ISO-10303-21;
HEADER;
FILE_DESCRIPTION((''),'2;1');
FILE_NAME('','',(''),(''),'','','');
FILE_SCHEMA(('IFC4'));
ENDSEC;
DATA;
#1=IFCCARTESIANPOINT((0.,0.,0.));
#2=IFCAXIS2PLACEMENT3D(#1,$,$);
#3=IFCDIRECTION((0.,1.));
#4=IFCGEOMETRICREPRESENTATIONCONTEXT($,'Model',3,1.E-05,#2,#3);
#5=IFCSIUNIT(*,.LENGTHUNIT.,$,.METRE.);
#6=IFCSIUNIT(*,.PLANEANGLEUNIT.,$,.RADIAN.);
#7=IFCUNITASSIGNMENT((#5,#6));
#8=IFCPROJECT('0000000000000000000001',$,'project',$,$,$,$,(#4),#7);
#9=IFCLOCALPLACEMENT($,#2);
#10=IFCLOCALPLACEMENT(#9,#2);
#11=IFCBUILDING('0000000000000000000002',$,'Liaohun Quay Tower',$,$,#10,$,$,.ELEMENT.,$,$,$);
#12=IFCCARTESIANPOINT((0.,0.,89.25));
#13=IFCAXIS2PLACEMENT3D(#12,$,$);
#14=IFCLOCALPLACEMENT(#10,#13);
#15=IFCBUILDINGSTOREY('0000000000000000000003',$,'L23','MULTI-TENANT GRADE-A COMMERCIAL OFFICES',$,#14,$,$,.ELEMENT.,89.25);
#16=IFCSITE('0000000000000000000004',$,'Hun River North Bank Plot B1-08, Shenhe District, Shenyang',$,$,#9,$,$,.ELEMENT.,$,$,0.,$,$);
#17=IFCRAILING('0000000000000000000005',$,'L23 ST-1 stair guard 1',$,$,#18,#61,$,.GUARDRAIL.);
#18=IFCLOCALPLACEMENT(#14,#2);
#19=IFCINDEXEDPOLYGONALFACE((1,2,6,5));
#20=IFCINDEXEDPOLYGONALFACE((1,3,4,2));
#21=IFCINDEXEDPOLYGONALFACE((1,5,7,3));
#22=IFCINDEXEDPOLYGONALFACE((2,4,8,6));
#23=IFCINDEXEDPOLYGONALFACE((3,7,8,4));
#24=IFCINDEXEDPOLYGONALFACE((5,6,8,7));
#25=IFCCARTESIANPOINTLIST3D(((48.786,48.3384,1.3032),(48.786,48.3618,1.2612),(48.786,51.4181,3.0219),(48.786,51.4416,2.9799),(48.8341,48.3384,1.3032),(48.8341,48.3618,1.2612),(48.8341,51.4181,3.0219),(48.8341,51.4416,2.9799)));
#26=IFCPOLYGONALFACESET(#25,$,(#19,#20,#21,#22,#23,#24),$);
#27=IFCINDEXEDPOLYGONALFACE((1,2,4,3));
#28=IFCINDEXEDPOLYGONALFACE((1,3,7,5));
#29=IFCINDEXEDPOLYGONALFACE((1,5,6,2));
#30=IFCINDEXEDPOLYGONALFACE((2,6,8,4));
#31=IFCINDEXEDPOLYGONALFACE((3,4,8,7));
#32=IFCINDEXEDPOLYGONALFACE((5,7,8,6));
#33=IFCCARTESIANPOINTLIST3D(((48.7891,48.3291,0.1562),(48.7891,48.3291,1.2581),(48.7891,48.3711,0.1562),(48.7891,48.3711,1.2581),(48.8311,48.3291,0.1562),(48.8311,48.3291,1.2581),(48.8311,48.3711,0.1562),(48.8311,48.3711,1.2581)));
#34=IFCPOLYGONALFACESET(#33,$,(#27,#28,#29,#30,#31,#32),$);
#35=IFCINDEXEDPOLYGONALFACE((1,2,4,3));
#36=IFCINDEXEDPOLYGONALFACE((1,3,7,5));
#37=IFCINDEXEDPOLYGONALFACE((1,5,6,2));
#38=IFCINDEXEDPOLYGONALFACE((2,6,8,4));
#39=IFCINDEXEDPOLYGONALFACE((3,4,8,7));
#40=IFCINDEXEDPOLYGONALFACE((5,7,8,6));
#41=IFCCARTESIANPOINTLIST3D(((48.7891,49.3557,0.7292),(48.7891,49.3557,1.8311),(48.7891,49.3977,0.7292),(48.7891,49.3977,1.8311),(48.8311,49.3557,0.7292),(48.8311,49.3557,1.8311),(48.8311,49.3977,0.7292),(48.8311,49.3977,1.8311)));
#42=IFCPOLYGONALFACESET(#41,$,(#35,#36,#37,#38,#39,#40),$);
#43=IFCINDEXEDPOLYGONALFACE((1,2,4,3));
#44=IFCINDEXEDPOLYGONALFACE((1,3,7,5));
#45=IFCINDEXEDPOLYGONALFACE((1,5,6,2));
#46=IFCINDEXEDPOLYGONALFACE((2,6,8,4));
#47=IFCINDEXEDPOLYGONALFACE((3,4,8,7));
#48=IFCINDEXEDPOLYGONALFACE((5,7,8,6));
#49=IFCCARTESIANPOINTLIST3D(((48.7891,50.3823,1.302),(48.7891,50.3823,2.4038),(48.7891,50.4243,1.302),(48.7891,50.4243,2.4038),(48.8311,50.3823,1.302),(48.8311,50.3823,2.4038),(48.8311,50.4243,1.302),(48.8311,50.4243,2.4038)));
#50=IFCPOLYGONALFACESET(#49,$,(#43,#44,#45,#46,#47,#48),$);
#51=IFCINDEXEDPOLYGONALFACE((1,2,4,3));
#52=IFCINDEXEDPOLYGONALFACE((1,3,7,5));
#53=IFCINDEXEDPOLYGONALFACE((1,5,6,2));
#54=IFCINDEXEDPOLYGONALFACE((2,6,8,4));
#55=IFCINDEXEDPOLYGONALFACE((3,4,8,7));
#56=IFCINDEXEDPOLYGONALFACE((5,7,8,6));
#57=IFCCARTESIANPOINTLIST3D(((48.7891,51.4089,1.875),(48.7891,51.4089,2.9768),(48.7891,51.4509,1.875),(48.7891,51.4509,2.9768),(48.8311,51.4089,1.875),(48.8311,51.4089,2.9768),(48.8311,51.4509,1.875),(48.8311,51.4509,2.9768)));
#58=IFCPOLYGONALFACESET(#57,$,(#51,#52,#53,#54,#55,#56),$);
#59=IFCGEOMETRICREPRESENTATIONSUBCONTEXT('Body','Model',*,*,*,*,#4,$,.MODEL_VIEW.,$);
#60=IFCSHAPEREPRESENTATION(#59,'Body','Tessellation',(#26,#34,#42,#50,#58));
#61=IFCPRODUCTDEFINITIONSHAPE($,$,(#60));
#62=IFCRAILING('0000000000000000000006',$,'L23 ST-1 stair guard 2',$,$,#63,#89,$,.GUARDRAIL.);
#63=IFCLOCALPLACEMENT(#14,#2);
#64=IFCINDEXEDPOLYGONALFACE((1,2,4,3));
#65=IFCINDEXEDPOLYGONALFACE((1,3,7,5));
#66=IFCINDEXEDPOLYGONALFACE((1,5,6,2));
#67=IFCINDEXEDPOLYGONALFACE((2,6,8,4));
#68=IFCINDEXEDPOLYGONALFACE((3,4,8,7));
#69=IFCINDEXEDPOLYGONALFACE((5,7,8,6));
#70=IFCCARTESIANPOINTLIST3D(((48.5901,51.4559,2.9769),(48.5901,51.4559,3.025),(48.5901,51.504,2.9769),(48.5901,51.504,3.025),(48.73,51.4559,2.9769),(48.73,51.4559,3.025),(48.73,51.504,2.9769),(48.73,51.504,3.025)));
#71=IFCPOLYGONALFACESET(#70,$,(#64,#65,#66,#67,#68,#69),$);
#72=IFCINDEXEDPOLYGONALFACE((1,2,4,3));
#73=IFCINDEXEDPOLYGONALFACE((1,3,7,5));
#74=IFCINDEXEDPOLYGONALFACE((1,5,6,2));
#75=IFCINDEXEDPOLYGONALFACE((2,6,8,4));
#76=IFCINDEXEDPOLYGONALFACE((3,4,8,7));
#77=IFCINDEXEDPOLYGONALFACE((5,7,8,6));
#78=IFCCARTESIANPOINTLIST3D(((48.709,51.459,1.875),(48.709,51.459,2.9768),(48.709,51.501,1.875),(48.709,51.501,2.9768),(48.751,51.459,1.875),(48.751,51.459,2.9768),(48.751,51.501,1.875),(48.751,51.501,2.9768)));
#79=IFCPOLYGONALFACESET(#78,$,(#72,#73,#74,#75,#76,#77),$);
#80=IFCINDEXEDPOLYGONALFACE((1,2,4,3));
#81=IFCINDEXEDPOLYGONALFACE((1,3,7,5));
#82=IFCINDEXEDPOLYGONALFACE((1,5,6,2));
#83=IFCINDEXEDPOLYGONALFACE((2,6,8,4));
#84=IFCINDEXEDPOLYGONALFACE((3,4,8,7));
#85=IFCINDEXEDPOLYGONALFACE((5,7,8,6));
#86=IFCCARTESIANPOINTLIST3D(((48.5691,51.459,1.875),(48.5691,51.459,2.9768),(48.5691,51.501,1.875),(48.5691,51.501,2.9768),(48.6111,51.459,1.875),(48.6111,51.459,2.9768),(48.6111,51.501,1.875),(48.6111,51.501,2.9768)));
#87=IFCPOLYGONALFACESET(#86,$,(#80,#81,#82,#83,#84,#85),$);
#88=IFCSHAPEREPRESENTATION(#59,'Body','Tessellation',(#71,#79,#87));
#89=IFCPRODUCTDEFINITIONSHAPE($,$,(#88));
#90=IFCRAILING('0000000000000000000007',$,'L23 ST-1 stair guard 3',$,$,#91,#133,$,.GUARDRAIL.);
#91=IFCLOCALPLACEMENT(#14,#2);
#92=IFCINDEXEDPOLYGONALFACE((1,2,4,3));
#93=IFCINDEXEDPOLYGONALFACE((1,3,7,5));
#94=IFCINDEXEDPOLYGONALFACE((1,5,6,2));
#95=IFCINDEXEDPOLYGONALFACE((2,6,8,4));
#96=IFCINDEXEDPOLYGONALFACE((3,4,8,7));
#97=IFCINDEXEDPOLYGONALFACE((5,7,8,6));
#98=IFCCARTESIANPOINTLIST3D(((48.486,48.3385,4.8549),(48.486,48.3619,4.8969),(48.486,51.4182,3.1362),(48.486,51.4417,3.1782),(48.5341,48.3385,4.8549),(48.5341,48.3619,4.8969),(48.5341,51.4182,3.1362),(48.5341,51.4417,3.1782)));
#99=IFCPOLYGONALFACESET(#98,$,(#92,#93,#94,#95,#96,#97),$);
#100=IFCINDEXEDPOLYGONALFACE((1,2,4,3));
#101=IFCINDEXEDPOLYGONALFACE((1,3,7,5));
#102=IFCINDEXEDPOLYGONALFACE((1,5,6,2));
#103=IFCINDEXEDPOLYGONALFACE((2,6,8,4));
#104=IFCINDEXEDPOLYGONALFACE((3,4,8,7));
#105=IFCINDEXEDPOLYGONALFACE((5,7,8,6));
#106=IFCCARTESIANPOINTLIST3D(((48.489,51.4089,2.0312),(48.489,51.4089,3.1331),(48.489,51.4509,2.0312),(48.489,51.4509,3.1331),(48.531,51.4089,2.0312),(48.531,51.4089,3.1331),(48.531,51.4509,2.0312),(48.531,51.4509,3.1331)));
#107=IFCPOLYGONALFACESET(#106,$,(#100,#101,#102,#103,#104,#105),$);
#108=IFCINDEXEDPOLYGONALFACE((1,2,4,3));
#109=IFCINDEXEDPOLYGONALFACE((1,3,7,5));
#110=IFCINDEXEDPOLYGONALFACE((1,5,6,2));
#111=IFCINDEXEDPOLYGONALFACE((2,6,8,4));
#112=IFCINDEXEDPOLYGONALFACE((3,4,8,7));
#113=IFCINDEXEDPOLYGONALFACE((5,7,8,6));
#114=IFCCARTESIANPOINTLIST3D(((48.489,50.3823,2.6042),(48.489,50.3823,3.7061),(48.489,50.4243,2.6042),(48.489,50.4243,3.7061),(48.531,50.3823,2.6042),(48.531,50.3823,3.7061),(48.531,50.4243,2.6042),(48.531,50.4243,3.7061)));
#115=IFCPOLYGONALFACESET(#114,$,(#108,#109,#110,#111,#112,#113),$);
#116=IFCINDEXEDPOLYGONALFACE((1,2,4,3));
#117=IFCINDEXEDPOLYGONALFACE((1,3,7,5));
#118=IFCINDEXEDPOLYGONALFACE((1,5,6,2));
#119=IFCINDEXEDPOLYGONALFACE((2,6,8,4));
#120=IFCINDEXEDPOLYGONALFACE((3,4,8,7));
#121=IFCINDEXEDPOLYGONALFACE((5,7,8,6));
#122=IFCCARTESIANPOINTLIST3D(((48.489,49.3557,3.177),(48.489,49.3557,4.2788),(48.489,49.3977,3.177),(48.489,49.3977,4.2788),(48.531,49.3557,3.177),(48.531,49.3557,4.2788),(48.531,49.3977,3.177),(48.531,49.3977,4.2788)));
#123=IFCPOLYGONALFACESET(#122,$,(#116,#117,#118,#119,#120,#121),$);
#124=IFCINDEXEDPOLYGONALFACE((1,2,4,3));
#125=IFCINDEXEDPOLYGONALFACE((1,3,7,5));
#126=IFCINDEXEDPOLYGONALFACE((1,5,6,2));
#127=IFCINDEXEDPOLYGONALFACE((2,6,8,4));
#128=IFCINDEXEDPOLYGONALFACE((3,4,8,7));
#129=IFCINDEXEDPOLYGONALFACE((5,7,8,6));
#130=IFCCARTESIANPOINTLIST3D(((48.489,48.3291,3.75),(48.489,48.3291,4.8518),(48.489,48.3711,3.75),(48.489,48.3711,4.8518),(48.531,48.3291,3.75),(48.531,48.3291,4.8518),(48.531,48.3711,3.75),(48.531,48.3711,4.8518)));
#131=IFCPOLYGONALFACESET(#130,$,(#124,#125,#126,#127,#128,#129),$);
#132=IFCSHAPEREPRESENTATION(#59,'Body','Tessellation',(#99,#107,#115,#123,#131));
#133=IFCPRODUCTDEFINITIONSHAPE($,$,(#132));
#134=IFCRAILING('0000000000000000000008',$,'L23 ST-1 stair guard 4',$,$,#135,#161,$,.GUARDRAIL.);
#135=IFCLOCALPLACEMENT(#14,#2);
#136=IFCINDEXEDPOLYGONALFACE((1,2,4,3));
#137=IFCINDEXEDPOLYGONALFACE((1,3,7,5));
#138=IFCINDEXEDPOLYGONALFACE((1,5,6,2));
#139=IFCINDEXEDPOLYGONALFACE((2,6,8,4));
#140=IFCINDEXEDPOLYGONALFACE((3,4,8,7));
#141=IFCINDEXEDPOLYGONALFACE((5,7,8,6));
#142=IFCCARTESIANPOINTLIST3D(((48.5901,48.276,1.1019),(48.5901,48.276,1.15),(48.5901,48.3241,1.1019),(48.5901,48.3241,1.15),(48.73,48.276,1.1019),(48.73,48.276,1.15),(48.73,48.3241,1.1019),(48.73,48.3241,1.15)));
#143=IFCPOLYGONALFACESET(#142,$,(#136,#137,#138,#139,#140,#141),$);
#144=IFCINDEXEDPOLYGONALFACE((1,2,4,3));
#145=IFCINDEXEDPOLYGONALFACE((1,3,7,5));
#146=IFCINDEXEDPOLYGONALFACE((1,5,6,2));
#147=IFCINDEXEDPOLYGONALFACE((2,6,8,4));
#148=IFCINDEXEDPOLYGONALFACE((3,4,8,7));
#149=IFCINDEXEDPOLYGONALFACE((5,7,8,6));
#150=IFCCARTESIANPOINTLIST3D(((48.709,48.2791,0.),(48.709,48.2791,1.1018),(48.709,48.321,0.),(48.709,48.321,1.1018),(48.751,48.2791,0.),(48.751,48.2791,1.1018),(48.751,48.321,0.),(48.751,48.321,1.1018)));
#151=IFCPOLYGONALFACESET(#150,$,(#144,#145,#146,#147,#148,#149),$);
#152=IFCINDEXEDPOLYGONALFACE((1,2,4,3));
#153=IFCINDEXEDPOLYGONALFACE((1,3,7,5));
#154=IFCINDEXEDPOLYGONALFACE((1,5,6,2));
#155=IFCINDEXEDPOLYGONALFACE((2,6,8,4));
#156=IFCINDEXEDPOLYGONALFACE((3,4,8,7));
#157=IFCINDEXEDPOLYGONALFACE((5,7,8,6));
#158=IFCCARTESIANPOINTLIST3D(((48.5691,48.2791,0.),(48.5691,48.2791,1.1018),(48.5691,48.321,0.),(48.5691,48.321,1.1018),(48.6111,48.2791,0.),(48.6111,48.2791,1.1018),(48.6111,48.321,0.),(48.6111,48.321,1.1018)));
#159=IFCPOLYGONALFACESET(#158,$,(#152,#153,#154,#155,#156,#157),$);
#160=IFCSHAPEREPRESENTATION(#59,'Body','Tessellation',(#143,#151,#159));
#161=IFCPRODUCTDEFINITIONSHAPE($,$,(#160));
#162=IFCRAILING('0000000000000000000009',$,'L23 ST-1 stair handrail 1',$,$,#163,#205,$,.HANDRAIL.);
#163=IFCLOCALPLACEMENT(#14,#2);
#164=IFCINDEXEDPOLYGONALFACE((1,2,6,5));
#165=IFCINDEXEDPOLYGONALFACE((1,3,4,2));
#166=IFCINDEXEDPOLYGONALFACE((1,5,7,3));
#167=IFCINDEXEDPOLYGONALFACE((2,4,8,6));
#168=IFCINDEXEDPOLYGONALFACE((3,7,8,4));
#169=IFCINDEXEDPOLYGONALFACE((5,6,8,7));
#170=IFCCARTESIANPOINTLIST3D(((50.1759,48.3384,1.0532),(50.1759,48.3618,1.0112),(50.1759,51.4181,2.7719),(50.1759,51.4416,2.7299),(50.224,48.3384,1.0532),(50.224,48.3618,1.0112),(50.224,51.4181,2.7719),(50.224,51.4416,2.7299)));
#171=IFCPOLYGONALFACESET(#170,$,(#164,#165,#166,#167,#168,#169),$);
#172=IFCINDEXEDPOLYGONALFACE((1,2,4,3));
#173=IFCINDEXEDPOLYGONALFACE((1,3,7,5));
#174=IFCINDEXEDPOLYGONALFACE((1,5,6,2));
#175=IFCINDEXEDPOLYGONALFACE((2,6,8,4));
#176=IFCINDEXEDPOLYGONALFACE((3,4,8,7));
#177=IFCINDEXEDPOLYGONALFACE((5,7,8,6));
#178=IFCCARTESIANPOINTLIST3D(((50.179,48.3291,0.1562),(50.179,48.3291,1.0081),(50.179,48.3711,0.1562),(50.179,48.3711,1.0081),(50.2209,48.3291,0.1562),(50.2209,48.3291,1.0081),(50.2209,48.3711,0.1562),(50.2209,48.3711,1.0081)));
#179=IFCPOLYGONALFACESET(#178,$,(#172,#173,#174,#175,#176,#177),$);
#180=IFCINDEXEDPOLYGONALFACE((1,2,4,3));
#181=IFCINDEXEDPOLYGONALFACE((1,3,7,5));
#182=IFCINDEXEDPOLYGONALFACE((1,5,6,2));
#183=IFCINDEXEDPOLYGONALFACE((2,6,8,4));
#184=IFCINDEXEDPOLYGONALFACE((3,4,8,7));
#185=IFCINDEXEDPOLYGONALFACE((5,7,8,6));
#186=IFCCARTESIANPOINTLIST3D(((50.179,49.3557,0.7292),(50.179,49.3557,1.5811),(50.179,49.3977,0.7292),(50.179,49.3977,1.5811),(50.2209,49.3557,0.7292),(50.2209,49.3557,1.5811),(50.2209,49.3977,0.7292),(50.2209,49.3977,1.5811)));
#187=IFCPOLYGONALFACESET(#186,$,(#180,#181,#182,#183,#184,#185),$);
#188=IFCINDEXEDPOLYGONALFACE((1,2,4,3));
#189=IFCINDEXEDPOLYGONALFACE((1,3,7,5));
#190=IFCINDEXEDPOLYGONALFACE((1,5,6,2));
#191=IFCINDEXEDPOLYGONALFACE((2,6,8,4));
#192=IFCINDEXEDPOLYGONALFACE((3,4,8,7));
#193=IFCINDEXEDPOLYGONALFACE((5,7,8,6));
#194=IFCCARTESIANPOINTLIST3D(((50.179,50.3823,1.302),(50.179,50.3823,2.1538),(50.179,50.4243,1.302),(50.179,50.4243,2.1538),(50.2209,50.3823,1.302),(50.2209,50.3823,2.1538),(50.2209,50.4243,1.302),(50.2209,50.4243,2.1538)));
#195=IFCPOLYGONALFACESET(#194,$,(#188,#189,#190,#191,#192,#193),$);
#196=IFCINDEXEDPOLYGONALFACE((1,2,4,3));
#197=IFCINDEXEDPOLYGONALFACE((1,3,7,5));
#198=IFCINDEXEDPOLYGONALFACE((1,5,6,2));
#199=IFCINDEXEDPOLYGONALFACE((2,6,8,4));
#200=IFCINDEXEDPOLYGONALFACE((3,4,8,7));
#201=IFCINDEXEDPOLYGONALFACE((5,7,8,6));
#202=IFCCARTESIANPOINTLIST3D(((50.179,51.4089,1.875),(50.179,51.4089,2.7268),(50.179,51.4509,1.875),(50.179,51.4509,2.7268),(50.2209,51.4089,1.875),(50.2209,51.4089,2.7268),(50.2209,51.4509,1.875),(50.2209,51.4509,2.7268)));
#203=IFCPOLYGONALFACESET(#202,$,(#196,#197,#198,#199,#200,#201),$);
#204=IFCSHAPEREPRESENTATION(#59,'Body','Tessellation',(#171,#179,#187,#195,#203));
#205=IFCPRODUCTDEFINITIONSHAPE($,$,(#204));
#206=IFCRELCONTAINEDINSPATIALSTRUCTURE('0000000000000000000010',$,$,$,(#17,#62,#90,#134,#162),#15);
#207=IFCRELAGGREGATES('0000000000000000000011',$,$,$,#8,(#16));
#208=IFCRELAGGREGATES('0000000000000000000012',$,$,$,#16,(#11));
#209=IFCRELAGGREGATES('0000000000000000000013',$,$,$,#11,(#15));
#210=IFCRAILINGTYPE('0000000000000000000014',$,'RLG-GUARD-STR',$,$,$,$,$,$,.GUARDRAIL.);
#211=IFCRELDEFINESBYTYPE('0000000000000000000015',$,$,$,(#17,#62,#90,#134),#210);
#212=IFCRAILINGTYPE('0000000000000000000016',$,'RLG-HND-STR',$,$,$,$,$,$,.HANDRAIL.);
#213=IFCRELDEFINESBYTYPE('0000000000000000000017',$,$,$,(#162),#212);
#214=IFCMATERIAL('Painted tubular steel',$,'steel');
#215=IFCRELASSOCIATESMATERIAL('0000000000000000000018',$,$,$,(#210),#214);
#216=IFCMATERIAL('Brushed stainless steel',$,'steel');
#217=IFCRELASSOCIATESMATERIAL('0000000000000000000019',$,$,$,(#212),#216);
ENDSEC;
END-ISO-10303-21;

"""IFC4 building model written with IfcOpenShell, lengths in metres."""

from ifc_helpers import new_model, si_unit, direction, frame, origin, origin_2d, place, context, subcontext, project, spatial, rectangle, extrude, material, type_object, element, save


model = new_model("IFC4")

# Units and contexts
model_context = context("Model", 3, precision=1e-05, world=origin(), true_north=direction((0.0, 1.0)))
body_context = subcontext(model_context, "Body", "Model", "MODEL_VIEW")
ifc_project = project(units=[si_unit("LENGTHUNIT", "METRE"), si_unit("PLANEANGLEUNIT", "RADIAN")], contexts=[model_context])

# Site, building, storey
site_placement = place(None, origin())
site = spatial("IfcSite", under=ifc_project, at=site_placement, Name="Hun River North Bank Plot B1-08, Shenhe District, Shenyang", CompositionType="ELEMENT", RefElevation=0.0)
building_placement = place(site_placement, origin())
building = spatial("IfcBuilding", under=site, at=building_placement, Name="Liaohun Quay Tower", CompositionType="ELEMENT")
storey_placement = place(building_placement, frame((0.0, 0.0, 89.25)))
storey = spatial("IfcBuildingStorey", under=building, at=storey_placement, Name="L23", Description="MULTI-TENANT GRADE-A COMMERCIAL OFFICES", CompositionType="ELEMENT", Elevation=89.25)

# Railings
ifc_material_1 = material(Name="Painted tubular steel", Category="steel")
railing_type_1 = type_object("IfcRailingType", Name="RLG-GUARD-STR", PredefinedType="GUARDRAIL", material=ifc_material_1)
railing_1_placement = place(storey_placement, frame((48.8101, 48.3501, 0.1562)))
element("IfcRailing", 1, at=railing_1_placement, inside=storey, type_object=railing_type_1, Name="L23 ST-1 stair guard 1", PredefinedType="GUARDRAIL", context=body_context, shape_type="SweptSolid", body=[
    extrude(rectangle(XDim=0.0481, YDim=0.0481, at=origin_2d()), frame((0.0, 0.0, 1.126), z_axis=(0.0, 0.873225, 0.487317), x_axis=(-1.0, 0.0, 0.0)), (0.0, 0.0, 1.0), 3.5269),
    extrude(rectangle(XDim=0.042, YDim=0.042, at=origin_2d()), origin(), (0.0, 0.0, 1.0), 1.1018),
    extrude(rectangle(XDim=0.042, YDim=0.042, at=origin_2d()), frame((0.0, 1.0266, 0.573)), (0.0, 0.0, 1.0), 1.1018),
    extrude(rectangle(XDim=0.042, YDim=0.042, at=origin_2d()), frame((0.0, 2.0532, 1.1458)), (0.0, 0.0, 1.0), 1.1018),
    extrude(rectangle(XDim=0.042, YDim=0.042, at=origin_2d()), frame((0.0, 3.0798, 1.7188)), (0.0, 0.0, 1.0), 1.1018),
])
railing_2_placement = place(storey_placement, frame((48.73, 51.48, 1.875)))
element("IfcRailing", 2, at=railing_2_placement, inside=storey, type_object=railing_type_1, Name="L23 ST-1 stair guard 2", PredefinedType="GUARDRAIL", context=body_context, shape_type="SweptSolid", body=[
    extrude(rectangle(XDim=0.0481, YDim=0.0481, at=origin_2d()), frame((0.0, 0.0, 1.126), z_axis=(-1.0, 0.0, 0.0), x_axis=(0.0, -1.0, 0.0)), (0.0, 0.0, 1.0), 0.1399),
    extrude(rectangle(XDim=0.042, YDim=0.042, at=origin_2d()), origin(), (0.0, 0.0, 1.0), 1.1018),
    extrude(rectangle(XDim=0.042, YDim=0.042, at=origin_2d()), frame((-0.1399, 0.0, 0.0)), (0.0, 0.0, 1.0), 1.1018),
])
railing_3_placement = place(storey_placement, frame((48.51, 51.4299, 2.0312)))
element("IfcRailing", 3, at=railing_3_placement, inside=storey, type_object=railing_type_1, Name="L23 ST-1 stair guard 3", PredefinedType="GUARDRAIL", context=body_context, shape_type="SweptSolid", body=[
    extrude(rectangle(XDim=0.0481, YDim=0.0481, at=origin_2d()), frame((0.0, 0.0, 1.126), z_axis=(0.0, -0.873225, 0.487317), x_axis=(1.0, 0.0, 0.0)), (0.0, 0.0, 1.0), 3.5269),
    extrude(rectangle(XDim=0.042, YDim=0.042, at=origin_2d()), origin(), (0.0, 0.0, 1.0), 1.1018),
    extrude(rectangle(XDim=0.042, YDim=0.042, at=origin_2d()), frame((0.0, -1.0266, 0.573)), (0.0, 0.0, 1.0), 1.1018),
    extrude(rectangle(XDim=0.042, YDim=0.042, at=origin_2d()), frame((0.0, -2.0532, 1.1458)), (0.0, 0.0, 1.0), 1.1018),
    extrude(rectangle(XDim=0.042, YDim=0.042, at=origin_2d()), frame((0.0, -3.0798, 1.7188)), (0.0, 0.0, 1.0), 1.1018),
])
railing_4_placement = place(storey_placement, frame((48.73, 48.3, 0.0)))
element("IfcRailing", 4, at=railing_4_placement, inside=storey, type_object=railing_type_1, Name="L23 ST-1 stair guard 4", PredefinedType="GUARDRAIL", context=body_context, shape_type="SweptSolid", body=[
    extrude(rectangle(XDim=0.0481, YDim=0.0481, at=origin_2d()), frame((0.0, 0.0, 1.126), z_axis=(-1.0, 0.0, 0.0), x_axis=(0.0, -1.0, 0.0)), (0.0, 0.0, 1.0), 0.1399),
    extrude(rectangle(XDim=0.042, YDim=0.042, at=origin_2d()), origin(), (0.0, 0.0, 1.0), 1.1018),
    extrude(rectangle(XDim=0.042, YDim=0.042, at=origin_2d()), frame((-0.1399, 0.0, 0.0)), (0.0, 0.0, 1.0), 1.1018),
])
ifc_material_2 = material(Name="Brushed stainless steel", Category="steel")
railing_type_2 = type_object("IfcRailingType", Name="RLG-HND-STR", PredefinedType="HANDRAIL", material=ifc_material_2)
railing_5_placement = place(storey_placement, frame((50.2, 48.3501, 0.1562)))
element("IfcRailing", 5, at=railing_5_placement, inside=storey, type_object=railing_type_2, Name="L23 ST-1 stair handrail 1", PredefinedType="HANDRAIL", context=body_context, shape_type="SweptSolid", body=[
    extrude(rectangle(XDim=0.0481, YDim=0.0481, at=origin_2d()), frame((0.0, 0.0, 0.876), z_axis=(0.0, 0.873225, 0.487317), x_axis=(-1.0, 0.0, 0.0)), (0.0, 0.0, 1.0), 3.5269),
    extrude(rectangle(XDim=0.042, YDim=0.042, at=origin_2d()), origin(), (0.0, 0.0, 1.0), 0.8518),
    extrude(rectangle(XDim=0.042, YDim=0.042, at=origin_2d()), frame((0.0, 1.0266, 0.573)), (0.0, 0.0, 1.0), 0.8518),
    extrude(rectangle(XDim=0.042, YDim=0.042, at=origin_2d()), frame((0.0, 2.0532, 1.1458)), (0.0, 0.0, 1.0), 0.8518),
    extrude(rectangle(XDim=0.042, YDim=0.042, at=origin_2d()), frame((0.0, 3.0798, 1.7188)), (0.0, 0.0, 1.0), 0.8518),
])

save(model, "model.ifc")
